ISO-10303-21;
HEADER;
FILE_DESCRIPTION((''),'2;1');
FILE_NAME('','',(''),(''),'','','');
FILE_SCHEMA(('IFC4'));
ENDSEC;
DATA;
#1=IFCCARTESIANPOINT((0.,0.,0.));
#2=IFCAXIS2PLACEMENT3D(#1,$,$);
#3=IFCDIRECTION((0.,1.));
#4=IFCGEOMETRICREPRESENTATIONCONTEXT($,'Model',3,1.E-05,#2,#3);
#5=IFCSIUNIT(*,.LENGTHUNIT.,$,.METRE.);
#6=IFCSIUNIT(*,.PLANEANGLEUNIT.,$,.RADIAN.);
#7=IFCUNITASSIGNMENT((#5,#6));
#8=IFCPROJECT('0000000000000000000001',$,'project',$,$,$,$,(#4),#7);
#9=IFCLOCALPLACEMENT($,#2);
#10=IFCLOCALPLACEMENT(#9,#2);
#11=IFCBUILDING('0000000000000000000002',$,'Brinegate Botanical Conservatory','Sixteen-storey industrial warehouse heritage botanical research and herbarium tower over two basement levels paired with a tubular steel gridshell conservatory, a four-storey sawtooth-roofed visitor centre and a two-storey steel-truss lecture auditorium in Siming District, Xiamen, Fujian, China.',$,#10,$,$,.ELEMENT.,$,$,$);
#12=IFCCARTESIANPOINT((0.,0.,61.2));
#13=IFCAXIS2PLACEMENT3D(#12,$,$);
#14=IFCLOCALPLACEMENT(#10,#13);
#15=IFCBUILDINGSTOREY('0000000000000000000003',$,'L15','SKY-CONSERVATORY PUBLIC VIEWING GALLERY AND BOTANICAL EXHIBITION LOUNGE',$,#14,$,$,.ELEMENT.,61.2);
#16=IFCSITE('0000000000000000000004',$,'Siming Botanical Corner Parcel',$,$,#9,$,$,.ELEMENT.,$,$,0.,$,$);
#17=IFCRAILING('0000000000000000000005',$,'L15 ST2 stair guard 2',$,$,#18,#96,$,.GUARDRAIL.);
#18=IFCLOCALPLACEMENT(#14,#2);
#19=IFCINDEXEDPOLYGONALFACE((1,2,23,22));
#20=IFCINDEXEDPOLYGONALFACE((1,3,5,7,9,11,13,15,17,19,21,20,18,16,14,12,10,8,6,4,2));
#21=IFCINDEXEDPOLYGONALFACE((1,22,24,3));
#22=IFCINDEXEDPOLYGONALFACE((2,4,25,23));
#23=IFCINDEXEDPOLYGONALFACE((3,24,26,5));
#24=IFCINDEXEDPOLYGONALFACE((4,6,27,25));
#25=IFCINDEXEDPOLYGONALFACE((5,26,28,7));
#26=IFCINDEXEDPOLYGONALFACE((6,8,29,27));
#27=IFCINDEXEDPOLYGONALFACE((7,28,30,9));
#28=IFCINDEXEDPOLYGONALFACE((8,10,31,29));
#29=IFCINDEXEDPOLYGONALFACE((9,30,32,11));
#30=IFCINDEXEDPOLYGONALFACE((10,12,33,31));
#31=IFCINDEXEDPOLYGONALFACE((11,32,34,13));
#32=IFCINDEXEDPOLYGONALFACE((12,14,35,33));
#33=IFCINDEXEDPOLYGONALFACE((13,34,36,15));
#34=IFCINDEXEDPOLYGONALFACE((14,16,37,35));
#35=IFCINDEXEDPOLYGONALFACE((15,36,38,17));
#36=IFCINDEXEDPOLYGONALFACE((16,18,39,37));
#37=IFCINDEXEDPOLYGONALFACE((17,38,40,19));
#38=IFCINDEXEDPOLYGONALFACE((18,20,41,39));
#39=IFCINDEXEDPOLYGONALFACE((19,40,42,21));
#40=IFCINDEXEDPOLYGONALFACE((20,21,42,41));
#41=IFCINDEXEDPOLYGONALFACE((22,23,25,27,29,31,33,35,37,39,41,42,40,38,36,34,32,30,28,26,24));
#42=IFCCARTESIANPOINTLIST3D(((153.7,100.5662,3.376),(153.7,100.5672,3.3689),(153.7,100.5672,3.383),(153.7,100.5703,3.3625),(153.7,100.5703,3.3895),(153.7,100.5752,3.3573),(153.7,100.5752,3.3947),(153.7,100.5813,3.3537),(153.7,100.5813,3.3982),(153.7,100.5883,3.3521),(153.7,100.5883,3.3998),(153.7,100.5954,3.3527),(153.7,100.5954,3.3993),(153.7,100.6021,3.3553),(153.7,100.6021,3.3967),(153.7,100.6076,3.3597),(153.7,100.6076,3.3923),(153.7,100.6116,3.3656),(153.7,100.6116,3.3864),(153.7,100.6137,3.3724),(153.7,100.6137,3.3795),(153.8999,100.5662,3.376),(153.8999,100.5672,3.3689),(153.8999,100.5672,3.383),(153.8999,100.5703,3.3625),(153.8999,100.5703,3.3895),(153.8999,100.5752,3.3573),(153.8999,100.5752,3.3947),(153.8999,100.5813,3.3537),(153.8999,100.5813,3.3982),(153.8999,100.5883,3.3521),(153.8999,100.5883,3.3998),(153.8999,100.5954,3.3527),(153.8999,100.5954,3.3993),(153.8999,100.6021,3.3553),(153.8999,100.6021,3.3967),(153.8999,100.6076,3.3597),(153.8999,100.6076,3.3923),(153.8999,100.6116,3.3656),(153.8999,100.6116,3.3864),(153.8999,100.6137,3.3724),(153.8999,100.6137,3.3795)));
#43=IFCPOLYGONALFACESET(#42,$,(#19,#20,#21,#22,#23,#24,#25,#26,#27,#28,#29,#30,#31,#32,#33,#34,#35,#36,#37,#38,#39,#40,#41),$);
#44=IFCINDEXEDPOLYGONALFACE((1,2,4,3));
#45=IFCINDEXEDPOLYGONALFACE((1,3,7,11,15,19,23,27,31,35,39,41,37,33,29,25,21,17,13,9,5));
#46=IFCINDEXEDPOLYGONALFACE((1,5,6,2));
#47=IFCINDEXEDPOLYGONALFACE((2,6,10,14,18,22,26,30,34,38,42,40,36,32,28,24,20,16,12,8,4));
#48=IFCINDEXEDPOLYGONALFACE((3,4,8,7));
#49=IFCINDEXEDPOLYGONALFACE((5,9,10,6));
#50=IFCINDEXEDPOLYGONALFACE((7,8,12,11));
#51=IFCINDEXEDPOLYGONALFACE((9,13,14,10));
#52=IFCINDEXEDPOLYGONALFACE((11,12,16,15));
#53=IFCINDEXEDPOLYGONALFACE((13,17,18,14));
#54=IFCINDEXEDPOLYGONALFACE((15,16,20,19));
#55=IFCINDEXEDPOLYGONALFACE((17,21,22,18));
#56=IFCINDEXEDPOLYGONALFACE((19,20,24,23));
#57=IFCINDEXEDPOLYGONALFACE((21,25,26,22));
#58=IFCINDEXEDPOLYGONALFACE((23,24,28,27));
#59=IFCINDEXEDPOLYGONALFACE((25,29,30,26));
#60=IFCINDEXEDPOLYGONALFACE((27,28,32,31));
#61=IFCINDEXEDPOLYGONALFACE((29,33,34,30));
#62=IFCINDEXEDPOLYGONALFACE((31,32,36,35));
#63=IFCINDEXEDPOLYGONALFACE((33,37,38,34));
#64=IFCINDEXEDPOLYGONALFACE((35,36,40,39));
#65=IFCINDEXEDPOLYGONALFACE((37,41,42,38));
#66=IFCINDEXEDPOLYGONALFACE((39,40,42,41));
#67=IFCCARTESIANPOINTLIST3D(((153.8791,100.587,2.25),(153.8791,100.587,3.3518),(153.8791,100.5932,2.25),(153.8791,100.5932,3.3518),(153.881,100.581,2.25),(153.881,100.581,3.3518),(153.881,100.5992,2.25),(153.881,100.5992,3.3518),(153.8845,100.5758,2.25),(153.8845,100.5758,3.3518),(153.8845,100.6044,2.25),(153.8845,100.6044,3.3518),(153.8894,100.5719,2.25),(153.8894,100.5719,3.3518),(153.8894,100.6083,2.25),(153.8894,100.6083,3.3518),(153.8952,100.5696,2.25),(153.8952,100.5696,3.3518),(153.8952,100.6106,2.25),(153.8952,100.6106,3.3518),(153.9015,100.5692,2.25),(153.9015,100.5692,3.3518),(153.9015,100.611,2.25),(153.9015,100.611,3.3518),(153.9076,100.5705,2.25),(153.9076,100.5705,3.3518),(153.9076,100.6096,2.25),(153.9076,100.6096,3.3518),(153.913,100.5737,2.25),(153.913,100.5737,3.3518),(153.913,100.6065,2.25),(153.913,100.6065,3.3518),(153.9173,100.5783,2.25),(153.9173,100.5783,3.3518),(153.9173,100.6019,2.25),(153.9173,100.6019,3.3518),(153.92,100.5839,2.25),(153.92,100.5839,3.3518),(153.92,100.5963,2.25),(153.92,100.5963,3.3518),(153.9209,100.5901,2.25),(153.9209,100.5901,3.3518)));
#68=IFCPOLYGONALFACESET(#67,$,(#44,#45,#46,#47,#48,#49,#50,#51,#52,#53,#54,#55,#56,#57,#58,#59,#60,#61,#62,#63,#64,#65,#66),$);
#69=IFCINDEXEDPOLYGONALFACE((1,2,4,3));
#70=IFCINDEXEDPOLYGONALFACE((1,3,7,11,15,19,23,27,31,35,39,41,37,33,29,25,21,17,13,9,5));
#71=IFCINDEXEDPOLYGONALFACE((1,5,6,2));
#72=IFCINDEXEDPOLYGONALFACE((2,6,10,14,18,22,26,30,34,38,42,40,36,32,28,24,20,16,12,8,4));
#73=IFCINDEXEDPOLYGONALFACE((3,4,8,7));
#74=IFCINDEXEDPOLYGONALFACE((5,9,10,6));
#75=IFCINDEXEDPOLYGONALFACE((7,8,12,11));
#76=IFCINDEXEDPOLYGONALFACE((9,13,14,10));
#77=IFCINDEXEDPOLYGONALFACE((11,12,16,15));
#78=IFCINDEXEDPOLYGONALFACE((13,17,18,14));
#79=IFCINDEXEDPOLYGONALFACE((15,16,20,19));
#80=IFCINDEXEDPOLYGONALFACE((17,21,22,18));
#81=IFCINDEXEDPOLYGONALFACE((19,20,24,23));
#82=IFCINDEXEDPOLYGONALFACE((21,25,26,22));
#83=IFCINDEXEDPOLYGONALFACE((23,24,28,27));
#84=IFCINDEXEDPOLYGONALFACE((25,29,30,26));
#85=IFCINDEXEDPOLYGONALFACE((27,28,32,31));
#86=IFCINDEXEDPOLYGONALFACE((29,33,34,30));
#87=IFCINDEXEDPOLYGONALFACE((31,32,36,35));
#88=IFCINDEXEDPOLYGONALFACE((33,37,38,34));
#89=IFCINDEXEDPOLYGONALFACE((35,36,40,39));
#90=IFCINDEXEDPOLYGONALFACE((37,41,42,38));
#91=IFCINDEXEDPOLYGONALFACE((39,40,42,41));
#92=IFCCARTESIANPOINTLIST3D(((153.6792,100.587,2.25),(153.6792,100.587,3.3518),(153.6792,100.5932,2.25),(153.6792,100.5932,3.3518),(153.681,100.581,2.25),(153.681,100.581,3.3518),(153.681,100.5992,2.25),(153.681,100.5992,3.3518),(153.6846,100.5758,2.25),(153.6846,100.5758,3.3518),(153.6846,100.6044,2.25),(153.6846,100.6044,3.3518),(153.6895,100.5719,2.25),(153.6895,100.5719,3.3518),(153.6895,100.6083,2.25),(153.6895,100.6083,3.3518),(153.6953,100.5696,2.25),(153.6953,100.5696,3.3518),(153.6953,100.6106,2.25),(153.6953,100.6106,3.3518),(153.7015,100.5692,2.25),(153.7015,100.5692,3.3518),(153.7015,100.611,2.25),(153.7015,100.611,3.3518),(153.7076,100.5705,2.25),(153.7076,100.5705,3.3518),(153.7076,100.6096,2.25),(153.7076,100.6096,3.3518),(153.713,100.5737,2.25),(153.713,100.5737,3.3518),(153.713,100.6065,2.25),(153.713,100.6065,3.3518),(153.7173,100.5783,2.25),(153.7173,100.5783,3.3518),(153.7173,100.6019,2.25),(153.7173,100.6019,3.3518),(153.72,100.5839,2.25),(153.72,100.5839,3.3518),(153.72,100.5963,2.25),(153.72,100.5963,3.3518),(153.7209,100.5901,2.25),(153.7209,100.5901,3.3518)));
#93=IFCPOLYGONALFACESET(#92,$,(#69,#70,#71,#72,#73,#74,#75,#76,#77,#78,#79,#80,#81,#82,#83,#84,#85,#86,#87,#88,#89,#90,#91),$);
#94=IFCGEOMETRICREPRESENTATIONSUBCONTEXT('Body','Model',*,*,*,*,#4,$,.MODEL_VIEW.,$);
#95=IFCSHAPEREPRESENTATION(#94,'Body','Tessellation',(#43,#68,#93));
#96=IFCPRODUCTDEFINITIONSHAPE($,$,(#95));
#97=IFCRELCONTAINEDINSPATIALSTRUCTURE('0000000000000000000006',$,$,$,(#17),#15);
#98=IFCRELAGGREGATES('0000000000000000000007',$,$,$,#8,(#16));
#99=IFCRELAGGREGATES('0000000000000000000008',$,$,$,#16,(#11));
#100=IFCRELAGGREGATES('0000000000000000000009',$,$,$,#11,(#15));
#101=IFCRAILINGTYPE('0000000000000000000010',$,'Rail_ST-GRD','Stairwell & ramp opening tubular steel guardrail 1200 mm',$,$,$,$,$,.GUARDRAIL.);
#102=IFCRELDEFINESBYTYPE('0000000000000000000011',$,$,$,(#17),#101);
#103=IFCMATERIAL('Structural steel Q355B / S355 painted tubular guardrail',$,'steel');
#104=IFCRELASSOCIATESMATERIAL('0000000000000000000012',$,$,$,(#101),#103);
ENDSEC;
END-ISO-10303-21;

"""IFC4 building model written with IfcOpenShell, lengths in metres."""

from ifc_helpers import new_model, si_unit, direction, frame, origin, origin_2d, place, context, subcontext, project, spatial, circle, extrude, material, type_object, element, save


model = new_model("IFC4")

# Units and contexts
model_context = context("Model", 3, precision=1e-05, world=origin(), true_north=direction((0.0, 1.0)))
body_context = subcontext(model_context, "Body", "Model", "MODEL_VIEW")
ifc_project = project(units=[si_unit("LENGTHUNIT", "METRE"), si_unit("PLANEANGLEUNIT", "RADIAN")], contexts=[model_context])

# Site, building, storey
site_placement = place(None, origin())
site = spatial("IfcSite", under=ifc_project, at=site_placement, Name="Siming Botanical Corner Parcel", CompositionType="ELEMENT", RefElevation=0.0)
building_placement = place(site_placement, origin())
building = spatial("IfcBuilding", under=site, at=building_placement, Name="Brinegate Botanical Conservatory", Description="Sixteen-storey industrial warehouse heritage botanical research and herbarium tower over two basement levels paired with a tubular steel gridshell conservatory, a four-storey sawtooth-roofed visitor centre and a two-storey steel-truss lecture auditorium in Siming District, Xiamen, Fujian, China.", CompositionType="ELEMENT")
storey_placement = place(building_placement, frame((0.0, 0.0, 61.2)))
storey = spatial("IfcBuildingStorey", under=building, at=storey_placement, Name="L15", Description="SKY-CONSERVATORY PUBLIC VIEWING GALLERY AND BOTANICAL EXHIBITION LOUNGE", CompositionType="ELEMENT", Elevation=61.2)

# Railing
ifc_material_1 = material(Name="Structural steel Q355B / S355 painted tubular guardrail", Category="steel")
railing_type_1 = type_object("IfcRailingType", Name="Rail_ST-GRD", Description="Stairwell & ramp opening tubular steel guardrail 1200 mm", PredefinedType="GUARDRAIL", material=ifc_material_1)
railing_1_placement = place(storey_placement, frame((153.8999, 100.5901, 2.25)))
element("IfcRailing", 1, at=railing_1_placement, inside=storey, type_object=railing_type_1, Name="L15 ST2 stair guard 2", PredefinedType="GUARDRAIL", context=body_context, shape_type="SweptSolid", body=[
    extrude(circle(Radius=0.0239, at=origin_2d()), frame((0.0, 0.0, 1.126), z_axis=(-1.0, 0.0, 0.0), x_axis=(0.0, -1.0, 0.0)), (0.0, 0.0, 1.0), 0.2),
    extrude(circle(Radius=0.021, at=origin_2d()), origin(), (0.0, 0.0, 1.0), 1.1018),
    extrude(circle(Radius=0.021, at=origin_2d()), frame((-0.2, 0.0, 0.0)), (0.0, 0.0, 1.0), 1.1018),
])

save(model, "model.ifc")
